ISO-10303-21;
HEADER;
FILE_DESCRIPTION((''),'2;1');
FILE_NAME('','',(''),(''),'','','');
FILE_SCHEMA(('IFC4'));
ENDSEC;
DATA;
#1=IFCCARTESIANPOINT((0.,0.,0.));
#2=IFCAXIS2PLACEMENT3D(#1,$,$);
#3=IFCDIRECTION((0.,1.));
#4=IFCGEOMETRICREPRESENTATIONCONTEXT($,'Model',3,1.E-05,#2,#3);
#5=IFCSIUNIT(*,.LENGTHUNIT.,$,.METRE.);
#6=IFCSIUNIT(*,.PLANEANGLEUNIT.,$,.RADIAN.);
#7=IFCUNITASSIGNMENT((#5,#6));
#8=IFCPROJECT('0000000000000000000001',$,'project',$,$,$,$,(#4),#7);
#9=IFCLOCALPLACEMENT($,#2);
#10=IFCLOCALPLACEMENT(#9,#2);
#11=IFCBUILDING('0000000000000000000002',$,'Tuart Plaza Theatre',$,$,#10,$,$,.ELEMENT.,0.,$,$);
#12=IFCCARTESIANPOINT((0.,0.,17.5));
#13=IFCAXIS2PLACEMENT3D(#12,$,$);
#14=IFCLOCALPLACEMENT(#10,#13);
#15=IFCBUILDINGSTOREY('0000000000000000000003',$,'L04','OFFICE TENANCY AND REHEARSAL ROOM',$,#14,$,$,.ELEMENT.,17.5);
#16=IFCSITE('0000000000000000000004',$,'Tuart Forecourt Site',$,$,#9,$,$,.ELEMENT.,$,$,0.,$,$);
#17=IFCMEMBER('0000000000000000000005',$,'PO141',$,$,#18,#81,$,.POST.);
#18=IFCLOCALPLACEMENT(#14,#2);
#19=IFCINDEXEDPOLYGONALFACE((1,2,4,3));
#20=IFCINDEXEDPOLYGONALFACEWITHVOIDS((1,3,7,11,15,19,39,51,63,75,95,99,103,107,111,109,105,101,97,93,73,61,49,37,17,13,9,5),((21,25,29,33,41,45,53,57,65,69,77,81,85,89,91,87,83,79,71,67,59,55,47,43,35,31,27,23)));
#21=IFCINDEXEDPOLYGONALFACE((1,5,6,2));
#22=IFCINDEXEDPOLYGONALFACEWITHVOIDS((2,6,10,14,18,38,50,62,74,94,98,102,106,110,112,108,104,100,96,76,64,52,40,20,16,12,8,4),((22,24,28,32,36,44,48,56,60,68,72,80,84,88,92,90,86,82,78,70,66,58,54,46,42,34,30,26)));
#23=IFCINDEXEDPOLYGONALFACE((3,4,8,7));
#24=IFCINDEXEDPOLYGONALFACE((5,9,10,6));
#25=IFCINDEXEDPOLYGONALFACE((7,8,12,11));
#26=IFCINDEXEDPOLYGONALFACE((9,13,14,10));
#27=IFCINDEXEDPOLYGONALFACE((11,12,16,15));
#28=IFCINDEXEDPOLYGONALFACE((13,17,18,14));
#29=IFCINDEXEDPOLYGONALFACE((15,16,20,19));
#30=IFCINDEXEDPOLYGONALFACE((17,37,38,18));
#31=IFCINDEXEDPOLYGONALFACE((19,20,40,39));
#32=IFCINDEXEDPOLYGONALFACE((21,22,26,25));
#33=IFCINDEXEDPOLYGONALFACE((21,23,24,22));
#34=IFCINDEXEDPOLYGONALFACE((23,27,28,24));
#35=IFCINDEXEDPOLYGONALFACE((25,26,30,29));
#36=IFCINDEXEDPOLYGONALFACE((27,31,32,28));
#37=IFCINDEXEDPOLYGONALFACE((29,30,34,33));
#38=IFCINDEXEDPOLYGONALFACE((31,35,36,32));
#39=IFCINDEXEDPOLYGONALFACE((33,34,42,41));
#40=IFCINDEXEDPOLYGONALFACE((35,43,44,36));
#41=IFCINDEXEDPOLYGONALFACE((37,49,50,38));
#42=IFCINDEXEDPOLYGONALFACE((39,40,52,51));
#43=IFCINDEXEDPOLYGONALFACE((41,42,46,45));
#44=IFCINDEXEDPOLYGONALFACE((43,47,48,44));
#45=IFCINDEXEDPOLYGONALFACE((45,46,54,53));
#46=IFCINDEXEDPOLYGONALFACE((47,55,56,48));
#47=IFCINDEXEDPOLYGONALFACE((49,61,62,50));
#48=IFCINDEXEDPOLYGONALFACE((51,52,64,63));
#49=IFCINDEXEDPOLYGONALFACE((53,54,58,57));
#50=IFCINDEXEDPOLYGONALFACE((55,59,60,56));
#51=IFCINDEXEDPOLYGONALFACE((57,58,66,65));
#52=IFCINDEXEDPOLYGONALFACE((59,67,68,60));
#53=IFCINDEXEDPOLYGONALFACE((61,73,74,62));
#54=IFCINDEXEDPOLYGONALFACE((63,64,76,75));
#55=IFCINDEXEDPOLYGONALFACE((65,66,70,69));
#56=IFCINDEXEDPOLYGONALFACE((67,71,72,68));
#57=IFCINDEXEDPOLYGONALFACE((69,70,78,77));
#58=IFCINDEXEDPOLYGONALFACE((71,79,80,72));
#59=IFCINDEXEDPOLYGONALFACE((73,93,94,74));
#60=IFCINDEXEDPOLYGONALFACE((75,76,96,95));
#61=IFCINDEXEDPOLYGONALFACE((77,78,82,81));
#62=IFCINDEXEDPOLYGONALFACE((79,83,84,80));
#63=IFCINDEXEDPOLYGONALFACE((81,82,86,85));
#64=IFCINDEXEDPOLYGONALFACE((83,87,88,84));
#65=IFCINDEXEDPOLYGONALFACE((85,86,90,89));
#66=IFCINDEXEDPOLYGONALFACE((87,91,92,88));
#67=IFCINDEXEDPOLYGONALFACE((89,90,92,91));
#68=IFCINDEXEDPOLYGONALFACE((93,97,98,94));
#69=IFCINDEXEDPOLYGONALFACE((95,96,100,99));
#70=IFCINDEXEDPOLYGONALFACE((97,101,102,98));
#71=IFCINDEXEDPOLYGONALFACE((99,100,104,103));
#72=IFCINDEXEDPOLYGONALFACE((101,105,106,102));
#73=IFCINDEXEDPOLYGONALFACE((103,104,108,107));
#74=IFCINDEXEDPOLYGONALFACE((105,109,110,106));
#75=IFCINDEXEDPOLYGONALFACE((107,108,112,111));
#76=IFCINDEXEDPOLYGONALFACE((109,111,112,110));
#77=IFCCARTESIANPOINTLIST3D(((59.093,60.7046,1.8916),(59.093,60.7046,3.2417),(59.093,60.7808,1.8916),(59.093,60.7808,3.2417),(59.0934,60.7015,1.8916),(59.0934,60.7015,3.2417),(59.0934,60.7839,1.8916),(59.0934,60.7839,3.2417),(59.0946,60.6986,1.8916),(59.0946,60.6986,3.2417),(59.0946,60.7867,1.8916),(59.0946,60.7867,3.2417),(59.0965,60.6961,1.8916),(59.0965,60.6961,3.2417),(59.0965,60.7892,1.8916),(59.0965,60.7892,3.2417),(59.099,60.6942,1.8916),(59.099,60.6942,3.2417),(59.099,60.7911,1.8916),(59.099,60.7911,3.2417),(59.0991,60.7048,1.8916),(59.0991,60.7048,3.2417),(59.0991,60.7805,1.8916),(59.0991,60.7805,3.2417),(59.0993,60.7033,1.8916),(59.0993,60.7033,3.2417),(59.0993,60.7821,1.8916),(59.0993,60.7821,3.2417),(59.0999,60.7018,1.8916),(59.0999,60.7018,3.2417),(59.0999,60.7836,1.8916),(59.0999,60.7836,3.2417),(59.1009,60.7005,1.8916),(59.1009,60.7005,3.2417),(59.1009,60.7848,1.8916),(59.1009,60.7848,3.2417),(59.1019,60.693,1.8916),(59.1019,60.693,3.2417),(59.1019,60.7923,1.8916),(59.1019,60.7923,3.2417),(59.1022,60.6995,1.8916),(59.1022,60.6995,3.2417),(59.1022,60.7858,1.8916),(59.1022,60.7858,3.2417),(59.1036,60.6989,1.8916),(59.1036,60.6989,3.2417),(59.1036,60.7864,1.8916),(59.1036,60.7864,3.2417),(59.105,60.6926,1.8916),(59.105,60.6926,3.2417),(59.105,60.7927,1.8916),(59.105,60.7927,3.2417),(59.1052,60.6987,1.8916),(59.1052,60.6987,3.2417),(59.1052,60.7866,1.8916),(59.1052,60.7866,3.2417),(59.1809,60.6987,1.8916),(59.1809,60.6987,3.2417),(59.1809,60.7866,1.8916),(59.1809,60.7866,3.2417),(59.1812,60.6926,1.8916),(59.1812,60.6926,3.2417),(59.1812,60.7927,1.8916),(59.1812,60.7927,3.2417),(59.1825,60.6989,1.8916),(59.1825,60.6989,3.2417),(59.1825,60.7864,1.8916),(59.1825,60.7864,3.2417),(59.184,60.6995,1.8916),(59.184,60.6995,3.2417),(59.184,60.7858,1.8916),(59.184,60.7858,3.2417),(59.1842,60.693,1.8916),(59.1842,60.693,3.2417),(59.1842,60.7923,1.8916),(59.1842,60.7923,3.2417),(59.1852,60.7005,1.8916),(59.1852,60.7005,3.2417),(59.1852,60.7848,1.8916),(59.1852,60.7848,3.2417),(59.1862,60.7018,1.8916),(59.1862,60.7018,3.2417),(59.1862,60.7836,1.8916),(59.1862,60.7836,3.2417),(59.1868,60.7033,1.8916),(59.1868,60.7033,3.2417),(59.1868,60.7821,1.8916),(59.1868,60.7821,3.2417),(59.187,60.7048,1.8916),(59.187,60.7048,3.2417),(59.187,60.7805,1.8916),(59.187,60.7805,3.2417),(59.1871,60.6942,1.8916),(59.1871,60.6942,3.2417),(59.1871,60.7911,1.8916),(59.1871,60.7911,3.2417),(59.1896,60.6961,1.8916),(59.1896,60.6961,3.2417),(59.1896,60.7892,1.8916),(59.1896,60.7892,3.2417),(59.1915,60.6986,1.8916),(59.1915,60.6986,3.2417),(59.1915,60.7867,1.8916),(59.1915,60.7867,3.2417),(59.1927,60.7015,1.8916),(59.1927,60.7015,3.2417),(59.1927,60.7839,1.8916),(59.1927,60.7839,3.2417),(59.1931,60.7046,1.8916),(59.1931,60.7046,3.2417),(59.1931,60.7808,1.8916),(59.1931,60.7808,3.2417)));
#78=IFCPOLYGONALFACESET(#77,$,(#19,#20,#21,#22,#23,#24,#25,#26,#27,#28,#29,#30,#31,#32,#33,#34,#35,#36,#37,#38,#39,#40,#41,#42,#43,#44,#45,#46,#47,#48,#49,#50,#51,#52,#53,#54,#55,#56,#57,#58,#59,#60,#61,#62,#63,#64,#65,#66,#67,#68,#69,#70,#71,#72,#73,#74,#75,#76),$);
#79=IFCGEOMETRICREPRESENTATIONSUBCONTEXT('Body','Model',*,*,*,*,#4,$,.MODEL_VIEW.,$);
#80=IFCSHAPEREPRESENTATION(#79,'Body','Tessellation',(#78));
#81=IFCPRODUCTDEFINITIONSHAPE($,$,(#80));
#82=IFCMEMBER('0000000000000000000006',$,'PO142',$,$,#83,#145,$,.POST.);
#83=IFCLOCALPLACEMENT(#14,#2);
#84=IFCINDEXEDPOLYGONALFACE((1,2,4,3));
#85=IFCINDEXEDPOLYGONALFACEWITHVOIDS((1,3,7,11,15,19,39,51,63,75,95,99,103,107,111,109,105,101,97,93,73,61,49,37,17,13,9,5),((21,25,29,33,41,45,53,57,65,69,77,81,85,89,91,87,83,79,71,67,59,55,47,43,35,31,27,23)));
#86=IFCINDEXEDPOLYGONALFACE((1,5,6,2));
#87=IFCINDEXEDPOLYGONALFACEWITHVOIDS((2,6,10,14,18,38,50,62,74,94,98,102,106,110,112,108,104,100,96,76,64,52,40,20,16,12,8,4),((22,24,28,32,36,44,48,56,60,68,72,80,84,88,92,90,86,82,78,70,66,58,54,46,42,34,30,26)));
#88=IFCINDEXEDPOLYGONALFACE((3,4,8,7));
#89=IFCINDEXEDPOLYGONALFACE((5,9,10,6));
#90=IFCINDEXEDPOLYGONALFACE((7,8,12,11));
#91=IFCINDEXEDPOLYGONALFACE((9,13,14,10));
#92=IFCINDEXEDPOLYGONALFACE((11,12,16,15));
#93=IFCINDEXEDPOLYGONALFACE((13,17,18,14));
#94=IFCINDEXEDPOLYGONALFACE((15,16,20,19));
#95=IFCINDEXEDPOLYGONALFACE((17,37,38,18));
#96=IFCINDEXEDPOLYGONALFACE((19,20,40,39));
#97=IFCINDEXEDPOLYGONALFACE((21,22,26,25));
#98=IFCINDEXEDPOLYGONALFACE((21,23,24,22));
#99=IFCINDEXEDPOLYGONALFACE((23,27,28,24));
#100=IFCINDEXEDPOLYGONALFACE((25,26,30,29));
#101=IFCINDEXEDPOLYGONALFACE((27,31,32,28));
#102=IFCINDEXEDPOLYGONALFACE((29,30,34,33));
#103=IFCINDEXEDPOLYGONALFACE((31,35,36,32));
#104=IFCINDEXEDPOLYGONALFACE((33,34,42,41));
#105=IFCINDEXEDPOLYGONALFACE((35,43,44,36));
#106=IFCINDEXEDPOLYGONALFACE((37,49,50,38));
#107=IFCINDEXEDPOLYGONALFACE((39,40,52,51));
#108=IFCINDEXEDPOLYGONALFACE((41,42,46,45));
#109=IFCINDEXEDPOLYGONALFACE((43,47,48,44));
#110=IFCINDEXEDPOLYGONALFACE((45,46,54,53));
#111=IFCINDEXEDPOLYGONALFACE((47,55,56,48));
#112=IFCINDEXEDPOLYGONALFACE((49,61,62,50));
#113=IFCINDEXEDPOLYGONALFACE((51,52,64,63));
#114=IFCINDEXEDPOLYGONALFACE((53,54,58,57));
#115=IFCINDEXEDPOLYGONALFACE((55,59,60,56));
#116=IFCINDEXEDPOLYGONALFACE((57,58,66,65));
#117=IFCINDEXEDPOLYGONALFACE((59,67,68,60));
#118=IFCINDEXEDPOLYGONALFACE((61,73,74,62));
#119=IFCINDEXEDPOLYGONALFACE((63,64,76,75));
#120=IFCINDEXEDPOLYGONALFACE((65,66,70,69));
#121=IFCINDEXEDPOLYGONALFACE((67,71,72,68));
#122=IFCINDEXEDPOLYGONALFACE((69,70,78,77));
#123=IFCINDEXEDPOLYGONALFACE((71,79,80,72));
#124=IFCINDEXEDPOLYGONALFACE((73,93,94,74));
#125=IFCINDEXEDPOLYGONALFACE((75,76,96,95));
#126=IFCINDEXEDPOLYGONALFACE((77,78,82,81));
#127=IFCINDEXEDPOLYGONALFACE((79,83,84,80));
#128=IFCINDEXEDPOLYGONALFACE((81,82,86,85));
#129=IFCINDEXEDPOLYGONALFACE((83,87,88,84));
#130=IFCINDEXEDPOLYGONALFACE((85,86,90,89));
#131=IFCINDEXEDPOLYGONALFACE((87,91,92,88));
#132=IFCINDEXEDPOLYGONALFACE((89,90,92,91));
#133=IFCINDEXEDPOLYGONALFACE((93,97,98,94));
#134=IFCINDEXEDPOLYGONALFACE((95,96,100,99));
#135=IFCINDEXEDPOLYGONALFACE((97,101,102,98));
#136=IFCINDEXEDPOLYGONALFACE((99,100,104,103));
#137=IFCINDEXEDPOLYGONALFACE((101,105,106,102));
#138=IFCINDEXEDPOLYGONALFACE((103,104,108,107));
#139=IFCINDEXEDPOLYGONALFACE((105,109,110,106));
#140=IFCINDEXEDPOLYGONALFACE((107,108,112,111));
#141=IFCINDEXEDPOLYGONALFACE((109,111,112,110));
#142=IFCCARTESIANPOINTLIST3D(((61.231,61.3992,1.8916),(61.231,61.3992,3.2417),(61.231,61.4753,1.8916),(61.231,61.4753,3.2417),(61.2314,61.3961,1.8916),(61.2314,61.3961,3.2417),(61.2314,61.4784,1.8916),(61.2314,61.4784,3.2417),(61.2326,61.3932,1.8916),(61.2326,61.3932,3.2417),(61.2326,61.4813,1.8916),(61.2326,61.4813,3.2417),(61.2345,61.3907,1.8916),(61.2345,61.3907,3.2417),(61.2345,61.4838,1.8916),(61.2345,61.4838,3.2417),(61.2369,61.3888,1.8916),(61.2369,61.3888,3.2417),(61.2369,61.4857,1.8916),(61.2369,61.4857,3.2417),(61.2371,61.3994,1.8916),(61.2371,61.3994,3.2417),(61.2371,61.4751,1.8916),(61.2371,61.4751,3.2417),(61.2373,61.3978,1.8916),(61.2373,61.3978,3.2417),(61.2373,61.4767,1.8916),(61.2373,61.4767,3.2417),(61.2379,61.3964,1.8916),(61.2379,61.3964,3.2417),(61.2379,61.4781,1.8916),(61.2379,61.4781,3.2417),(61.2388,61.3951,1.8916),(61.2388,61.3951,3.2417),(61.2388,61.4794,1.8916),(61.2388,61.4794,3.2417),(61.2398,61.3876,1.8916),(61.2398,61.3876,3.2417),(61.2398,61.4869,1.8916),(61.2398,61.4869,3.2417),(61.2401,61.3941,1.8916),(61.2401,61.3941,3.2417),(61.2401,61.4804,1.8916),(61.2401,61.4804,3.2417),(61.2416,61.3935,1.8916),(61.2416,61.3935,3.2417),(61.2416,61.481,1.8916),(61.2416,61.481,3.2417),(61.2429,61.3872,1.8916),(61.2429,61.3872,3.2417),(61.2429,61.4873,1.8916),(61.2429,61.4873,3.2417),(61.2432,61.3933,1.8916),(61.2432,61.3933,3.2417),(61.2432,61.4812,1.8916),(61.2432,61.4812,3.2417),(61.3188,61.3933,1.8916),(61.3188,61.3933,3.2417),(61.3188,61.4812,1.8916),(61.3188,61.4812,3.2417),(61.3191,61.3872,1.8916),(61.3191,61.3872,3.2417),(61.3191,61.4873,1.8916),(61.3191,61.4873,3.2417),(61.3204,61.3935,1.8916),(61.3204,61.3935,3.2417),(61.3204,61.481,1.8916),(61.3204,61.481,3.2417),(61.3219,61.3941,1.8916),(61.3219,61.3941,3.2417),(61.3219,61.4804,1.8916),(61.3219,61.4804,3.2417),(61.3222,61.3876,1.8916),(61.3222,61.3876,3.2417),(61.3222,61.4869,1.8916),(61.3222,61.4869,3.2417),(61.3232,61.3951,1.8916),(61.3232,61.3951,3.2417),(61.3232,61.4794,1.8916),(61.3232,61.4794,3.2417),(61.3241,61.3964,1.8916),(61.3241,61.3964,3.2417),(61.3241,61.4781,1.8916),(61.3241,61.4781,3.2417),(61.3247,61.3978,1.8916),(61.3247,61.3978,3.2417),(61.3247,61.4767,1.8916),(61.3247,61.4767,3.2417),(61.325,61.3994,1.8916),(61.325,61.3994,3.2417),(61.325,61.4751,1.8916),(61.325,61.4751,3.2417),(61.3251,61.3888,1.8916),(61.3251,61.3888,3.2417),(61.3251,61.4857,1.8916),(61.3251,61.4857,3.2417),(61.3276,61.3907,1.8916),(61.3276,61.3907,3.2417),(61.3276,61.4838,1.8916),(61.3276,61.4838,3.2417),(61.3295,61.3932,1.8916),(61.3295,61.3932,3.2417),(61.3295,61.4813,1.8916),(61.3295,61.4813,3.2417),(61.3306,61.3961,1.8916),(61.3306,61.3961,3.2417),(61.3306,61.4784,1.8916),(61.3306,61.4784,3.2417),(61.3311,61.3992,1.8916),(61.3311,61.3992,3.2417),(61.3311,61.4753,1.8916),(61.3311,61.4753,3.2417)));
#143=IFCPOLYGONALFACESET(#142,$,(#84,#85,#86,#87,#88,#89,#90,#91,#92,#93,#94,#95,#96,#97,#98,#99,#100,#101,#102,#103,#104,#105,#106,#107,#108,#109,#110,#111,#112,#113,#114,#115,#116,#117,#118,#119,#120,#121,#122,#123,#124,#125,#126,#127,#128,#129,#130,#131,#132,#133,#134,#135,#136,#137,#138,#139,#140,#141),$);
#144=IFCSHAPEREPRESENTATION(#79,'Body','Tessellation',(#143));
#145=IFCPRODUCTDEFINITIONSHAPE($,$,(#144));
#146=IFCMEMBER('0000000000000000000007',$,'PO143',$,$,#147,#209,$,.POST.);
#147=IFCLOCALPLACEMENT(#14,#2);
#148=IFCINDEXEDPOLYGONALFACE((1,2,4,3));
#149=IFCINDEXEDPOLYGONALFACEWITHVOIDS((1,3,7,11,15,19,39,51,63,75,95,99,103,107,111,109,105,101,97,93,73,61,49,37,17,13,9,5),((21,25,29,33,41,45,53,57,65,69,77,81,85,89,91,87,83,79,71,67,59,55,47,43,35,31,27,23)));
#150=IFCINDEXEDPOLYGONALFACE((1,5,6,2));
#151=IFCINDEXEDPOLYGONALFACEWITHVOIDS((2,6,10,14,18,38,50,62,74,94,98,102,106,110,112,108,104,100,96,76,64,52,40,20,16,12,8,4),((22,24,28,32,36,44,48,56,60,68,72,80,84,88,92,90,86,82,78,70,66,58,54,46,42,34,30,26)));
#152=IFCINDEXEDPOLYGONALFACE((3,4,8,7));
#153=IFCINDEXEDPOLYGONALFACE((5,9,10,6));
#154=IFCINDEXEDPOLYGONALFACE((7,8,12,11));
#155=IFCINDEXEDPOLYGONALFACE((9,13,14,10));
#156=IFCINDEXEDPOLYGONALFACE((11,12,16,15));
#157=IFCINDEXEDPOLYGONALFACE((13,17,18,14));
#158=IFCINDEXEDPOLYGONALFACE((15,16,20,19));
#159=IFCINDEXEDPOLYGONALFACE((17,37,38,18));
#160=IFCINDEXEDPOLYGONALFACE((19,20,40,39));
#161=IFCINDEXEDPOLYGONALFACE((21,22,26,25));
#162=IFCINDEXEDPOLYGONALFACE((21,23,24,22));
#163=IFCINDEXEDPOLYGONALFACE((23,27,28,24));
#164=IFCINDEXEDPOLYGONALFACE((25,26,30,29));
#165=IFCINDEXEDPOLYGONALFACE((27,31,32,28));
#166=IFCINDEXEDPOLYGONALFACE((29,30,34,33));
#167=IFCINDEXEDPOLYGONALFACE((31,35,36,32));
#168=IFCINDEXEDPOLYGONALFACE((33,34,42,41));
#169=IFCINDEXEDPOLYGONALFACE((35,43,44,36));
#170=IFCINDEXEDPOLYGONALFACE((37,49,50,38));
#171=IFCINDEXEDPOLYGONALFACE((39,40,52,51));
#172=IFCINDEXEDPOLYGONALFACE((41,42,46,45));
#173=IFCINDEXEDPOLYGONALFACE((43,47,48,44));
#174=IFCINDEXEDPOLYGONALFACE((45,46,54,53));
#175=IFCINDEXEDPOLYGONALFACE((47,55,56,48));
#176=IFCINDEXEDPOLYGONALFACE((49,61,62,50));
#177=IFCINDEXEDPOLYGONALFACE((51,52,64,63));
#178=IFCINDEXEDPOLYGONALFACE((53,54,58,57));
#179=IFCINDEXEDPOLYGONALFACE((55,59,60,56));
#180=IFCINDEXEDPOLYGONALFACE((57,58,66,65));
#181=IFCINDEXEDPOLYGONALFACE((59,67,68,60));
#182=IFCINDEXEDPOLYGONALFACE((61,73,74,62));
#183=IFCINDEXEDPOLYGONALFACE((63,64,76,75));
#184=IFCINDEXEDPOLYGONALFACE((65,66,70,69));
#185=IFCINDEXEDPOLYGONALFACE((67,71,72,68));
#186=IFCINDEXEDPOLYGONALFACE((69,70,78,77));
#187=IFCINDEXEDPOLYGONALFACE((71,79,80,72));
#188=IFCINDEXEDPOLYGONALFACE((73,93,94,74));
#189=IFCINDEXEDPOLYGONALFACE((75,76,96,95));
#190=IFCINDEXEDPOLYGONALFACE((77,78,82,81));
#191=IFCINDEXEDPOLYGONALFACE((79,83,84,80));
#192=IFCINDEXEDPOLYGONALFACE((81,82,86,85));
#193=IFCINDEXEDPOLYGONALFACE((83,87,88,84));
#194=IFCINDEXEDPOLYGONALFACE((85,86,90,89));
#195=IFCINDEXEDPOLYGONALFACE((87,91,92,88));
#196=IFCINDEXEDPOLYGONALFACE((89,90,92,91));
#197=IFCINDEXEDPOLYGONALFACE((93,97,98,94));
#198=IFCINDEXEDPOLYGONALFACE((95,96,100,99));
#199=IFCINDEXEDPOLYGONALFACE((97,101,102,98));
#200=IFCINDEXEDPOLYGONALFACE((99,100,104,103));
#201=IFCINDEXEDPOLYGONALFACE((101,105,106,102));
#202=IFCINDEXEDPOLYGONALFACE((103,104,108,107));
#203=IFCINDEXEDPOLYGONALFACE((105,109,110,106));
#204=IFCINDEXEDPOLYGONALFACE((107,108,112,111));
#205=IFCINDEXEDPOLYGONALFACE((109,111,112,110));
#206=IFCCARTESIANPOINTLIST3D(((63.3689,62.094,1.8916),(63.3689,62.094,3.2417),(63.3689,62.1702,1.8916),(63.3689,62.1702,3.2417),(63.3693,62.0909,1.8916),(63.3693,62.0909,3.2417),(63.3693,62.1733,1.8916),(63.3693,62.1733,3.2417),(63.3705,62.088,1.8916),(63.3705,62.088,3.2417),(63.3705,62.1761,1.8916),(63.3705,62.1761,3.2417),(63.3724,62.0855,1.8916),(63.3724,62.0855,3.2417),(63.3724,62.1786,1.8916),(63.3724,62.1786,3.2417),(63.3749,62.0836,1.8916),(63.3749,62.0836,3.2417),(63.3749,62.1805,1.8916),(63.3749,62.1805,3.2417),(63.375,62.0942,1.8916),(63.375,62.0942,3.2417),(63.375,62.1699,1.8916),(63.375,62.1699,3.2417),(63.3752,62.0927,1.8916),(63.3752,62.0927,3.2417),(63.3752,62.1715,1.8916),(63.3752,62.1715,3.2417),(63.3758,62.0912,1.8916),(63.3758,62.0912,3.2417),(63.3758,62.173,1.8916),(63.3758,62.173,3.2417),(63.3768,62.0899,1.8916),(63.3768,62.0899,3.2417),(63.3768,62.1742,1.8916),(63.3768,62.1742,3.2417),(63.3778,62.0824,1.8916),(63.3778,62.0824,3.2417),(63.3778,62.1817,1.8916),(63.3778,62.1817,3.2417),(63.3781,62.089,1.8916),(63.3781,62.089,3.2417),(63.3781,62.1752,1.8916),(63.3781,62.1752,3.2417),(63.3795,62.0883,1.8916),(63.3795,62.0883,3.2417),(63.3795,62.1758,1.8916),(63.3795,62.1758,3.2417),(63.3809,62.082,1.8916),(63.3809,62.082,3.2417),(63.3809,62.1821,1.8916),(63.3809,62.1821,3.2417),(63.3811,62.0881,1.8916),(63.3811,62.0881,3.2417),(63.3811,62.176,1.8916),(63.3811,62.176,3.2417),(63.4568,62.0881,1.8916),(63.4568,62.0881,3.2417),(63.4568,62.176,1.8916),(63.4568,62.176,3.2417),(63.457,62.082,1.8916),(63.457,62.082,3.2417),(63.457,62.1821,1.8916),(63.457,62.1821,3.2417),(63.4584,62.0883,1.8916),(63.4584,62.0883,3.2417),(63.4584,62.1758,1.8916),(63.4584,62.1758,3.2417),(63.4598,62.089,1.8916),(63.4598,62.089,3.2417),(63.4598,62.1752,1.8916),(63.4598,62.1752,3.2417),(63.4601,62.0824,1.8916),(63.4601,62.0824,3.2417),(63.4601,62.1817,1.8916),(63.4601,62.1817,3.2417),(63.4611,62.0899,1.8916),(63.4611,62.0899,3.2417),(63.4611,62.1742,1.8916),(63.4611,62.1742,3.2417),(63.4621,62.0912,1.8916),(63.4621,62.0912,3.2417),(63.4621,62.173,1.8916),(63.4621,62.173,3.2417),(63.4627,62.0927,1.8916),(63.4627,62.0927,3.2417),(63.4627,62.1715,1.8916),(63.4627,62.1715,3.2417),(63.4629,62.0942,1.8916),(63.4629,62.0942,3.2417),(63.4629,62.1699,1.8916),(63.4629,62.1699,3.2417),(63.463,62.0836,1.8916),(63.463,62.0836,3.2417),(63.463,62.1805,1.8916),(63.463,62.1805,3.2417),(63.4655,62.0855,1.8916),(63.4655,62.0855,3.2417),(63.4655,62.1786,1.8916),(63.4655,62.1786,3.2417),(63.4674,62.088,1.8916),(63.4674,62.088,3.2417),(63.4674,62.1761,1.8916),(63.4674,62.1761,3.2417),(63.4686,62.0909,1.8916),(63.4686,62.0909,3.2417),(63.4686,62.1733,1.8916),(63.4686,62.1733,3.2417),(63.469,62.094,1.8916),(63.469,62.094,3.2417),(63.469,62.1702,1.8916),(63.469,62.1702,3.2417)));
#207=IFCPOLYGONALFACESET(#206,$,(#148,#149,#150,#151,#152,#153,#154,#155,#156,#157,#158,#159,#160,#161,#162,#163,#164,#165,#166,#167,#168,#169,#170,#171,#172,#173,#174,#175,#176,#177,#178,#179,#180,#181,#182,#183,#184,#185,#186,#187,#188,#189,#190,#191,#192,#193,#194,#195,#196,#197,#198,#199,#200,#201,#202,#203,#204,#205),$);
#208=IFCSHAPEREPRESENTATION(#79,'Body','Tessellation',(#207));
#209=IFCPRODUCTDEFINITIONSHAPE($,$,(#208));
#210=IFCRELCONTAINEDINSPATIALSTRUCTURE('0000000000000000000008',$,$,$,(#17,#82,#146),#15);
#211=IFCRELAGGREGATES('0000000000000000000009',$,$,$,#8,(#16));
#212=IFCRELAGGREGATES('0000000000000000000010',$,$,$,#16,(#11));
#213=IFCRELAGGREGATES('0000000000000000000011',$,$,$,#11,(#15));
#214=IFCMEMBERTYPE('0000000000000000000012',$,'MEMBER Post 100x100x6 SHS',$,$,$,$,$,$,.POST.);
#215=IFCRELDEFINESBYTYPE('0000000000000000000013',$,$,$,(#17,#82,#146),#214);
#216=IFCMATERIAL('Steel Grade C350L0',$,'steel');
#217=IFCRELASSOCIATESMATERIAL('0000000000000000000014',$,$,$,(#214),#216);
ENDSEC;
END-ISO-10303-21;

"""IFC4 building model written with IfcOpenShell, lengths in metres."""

from ifc_helpers import new_model, si_unit, direction, frame, origin, origin_2d, place, context, subcontext, project, spatial, hollow_rectangle, extrude, material, material_profile, profile_set, type_object, element, save


model = new_model("IFC4")

# Units and contexts
model_context = context("Model", 3, precision=1e-05, world=origin(), true_north=direction((0.0, 1.0)))
body_context = subcontext(model_context, "Body", "Model", "MODEL_VIEW")
ifc_project = project(units=[si_unit("LENGTHUNIT", "METRE"), si_unit("PLANEANGLEUNIT", "RADIAN")], contexts=[model_context])

# Site, building, storey
site_placement = place(None, origin())
site = spatial("IfcSite", under=ifc_project, at=site_placement, Name="Tuart Forecourt Site", CompositionType="ELEMENT", RefElevation=0.0)
building_placement = place(site_placement, origin())
building = spatial("IfcBuilding", under=site, at=building_placement, Name="Tuart Plaza Theatre", CompositionType="ELEMENT", ElevationOfRefHeight=0.0)
storey_placement = place(building_placement, frame((0.0, 0.0, 17.5)))
storey = spatial("IfcBuildingStorey", under=building, at=storey_placement, Name="L04", Description="OFFICE TENANCY AND REHEARSAL ROOM", CompositionType="ELEMENT", Elevation=17.5)

# Members
ifc_material_1 = material(Name="Steel Grade C350L0", Category="steel")
ifc_material_profile_1 = material_profile(ifc_material_1, hollow_rectangle(XDim=0.1001, YDim=0.1001, WallThickness=0.0061, InnerFilletRadius=0.0061, OuterFilletRadius=0.012, at=origin_2d()), Name="100x100x6 SHS")
ifc_profile_set_1 = profile_set([ifc_material_profile_1], Name="Steel Grade C350L0")
member_type_1 = type_object("IfcMemberType", Name="MEMBER Post 100x100x6 SHS", PredefinedType="POST", material=ifc_profile_set_1)
for number, where, z_axis, x_axis, name in (
    (1, (59.1431, 60.7427, 1.8916), (0.0, 0.0, 1.0), (1.0, 0.0, 0.0), "PO141"),
    (2, (61.281, 61.4373, 1.8916), (0.0, 0.0, 1.0), (1.0, 0.0, 0.0), "PO142"),
    (3, (63.4189, 62.1321, 1.8916), (0.0, 0.0, 1.0), (1.0, 0.0, 0.0), "PO143"),
):
    element("IfcMember", number, at=place(storey_placement, frame(where, z_axis=z_axis, x_axis=x_axis)), inside=storey, type_object=member_type_1, Name=name, PredefinedType="POST", context=body_context, shape_type="SweptSolid", body=[
        extrude(hollow_rectangle(XDim=0.1001, YDim=0.1001, WallThickness=0.0061, InnerFilletRadius=0.0061, OuterFilletRadius=0.012, at=origin_2d()), origin(), (0.0, 0.0, 1.0), 1.3501),
    ])

save(model, "model.ifc")
